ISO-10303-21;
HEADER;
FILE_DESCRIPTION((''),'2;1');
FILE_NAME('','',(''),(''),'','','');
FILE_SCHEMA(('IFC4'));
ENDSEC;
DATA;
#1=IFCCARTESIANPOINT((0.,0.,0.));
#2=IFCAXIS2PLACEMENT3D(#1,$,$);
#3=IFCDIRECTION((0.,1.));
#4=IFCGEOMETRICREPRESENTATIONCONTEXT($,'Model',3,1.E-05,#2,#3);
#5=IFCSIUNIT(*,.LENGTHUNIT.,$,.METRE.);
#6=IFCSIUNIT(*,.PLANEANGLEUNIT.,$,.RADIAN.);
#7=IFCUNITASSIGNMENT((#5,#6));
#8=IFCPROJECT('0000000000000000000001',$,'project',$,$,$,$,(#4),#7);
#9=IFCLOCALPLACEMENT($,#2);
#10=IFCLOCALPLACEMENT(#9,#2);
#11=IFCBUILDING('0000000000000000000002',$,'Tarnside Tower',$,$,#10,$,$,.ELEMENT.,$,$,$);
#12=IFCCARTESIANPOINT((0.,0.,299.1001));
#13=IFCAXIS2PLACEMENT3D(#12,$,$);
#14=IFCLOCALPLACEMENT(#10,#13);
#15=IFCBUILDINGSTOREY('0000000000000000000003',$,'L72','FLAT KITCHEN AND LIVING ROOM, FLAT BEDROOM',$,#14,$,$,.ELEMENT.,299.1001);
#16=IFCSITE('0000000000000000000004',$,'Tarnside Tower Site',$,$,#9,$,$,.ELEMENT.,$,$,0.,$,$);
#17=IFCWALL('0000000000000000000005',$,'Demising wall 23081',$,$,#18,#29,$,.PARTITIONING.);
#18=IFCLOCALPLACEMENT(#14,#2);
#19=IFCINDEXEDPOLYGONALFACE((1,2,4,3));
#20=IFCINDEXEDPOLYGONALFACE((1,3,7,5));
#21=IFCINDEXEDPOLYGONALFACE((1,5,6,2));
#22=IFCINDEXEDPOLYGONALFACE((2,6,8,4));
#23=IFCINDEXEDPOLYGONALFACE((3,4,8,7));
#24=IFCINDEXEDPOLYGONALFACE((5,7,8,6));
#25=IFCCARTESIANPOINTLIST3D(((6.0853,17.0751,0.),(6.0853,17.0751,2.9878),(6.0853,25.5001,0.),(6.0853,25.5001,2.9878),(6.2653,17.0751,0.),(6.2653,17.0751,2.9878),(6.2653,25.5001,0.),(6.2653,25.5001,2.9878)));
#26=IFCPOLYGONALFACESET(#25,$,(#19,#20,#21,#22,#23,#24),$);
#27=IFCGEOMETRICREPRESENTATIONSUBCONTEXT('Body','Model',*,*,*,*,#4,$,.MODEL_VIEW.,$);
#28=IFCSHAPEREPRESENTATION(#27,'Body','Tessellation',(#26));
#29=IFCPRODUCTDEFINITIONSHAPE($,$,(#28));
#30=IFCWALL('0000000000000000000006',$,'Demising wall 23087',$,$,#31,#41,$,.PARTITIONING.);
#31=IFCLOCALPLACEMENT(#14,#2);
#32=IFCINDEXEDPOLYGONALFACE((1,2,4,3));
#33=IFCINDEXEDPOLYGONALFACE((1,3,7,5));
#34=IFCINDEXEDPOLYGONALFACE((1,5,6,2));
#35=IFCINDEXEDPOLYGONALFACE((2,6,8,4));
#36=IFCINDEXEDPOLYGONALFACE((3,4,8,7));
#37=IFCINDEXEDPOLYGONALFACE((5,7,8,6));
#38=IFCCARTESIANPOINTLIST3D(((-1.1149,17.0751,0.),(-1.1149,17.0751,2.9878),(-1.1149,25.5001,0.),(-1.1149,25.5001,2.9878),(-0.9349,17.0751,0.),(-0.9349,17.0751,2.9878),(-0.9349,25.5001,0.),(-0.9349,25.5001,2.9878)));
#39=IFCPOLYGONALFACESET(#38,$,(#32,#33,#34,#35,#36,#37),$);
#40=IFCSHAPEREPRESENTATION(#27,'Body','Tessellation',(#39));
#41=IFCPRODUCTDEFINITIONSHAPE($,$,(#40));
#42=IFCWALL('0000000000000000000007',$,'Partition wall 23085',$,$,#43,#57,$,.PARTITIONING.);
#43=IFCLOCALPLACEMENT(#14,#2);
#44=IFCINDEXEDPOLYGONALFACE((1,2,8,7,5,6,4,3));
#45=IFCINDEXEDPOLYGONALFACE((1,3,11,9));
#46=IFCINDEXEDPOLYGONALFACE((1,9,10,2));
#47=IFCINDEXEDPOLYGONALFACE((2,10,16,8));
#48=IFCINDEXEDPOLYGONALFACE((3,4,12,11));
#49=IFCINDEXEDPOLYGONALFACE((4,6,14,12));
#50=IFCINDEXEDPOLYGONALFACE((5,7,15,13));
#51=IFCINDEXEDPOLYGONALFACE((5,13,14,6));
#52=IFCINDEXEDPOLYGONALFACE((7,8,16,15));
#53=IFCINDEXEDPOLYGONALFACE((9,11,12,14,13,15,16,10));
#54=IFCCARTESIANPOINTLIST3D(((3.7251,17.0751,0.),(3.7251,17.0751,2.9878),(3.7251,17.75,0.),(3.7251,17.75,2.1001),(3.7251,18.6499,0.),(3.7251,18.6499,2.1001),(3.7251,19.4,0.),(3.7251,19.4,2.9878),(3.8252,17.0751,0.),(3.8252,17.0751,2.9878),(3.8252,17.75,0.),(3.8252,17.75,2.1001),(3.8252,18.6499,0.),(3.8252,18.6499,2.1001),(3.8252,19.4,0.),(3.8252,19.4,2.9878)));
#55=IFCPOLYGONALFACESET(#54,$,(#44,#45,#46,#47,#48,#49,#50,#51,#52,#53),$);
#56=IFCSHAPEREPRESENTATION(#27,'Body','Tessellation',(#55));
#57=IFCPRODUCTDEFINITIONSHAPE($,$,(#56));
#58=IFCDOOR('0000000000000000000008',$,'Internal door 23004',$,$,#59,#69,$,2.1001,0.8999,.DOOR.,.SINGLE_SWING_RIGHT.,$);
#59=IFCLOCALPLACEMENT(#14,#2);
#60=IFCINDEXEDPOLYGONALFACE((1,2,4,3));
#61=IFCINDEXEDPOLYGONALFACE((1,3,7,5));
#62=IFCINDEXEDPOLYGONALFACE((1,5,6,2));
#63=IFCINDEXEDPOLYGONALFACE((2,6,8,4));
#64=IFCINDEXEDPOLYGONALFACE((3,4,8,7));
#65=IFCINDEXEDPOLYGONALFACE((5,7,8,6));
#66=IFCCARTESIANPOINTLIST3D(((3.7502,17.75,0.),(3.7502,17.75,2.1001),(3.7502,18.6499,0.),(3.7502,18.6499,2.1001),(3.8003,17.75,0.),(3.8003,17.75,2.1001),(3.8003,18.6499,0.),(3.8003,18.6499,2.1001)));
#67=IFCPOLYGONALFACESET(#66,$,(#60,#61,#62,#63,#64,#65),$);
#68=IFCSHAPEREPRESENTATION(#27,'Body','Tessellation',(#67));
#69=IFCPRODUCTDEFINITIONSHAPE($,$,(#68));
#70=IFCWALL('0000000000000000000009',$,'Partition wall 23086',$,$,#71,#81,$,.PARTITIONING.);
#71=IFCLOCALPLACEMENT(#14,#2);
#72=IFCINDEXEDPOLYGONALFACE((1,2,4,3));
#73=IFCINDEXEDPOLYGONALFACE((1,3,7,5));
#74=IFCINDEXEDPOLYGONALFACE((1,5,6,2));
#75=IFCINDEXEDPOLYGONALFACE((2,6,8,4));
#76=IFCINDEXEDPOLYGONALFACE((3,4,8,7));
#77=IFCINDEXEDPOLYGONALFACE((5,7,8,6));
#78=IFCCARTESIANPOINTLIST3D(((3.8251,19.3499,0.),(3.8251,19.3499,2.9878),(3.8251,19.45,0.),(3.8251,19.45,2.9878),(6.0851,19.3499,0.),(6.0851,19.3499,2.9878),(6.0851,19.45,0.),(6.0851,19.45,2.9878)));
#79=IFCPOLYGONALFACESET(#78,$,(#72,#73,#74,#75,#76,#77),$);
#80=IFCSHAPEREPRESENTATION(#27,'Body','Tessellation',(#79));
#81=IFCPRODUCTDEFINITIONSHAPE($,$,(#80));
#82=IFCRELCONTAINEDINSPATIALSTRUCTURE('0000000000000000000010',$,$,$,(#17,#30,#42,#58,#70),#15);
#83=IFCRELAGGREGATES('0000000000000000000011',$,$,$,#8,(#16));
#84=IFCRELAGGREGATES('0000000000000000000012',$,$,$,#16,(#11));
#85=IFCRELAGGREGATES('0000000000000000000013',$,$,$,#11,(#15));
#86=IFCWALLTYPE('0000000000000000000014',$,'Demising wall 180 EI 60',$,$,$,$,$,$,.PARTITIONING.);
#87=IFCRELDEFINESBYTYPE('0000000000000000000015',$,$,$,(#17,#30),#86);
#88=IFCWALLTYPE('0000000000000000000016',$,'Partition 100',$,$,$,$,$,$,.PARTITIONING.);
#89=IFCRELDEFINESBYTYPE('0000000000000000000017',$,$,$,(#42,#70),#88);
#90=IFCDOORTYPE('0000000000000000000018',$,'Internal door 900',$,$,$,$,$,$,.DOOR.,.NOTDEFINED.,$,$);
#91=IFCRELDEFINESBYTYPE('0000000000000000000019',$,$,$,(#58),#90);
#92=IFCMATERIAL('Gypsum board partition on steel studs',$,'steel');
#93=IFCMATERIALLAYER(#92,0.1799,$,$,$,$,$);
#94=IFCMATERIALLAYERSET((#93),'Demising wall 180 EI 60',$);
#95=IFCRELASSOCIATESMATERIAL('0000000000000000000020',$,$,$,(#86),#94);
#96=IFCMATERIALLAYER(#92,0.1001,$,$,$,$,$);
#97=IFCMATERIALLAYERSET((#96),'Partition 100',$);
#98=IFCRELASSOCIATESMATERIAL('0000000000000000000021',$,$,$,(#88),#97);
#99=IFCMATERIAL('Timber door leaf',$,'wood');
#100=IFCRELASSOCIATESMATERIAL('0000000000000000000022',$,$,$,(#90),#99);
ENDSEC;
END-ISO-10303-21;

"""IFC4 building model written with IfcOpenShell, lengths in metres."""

from ifc_helpers import new_model, si_unit, direction, frame, frame_2d, origin, place, context, subcontext, project, spatial, rectangle, extrude, material, layer, layer_set, type_object, element, fill, save


model = new_model("IFC4")

# Units and contexts
model_context = context("Model", 3, precision=1e-05, world=origin(), true_north=direction((0.0, 1.0)))
body_context = subcontext(model_context, "Body", "Model", "MODEL_VIEW")
ifc_project = project(units=[si_unit("LENGTHUNIT", "METRE"), si_unit("PLANEANGLEUNIT", "RADIAN")], contexts=[model_context])

# Site, building, storey
site_placement = place(None, origin())
site = spatial("IfcSite", under=ifc_project, at=site_placement, Name="Tarnside Tower Site", CompositionType="ELEMENT", RefElevation=0.0)
building_placement = place(site_placement, origin())
building = spatial("IfcBuilding", under=site, at=building_placement, Name="Tarnside Tower", CompositionType="ELEMENT")
storey_placement = place(building_placement, frame((0.0, 0.0, 299.1001)))
storey = spatial("IfcBuildingStorey", under=building, at=storey_placement, Name="L72", Description="FLAT KITCHEN AND LIVING ROOM, FLAT BEDROOM", CompositionType="ELEMENT", Elevation=299.1001)

# Shared definitions
ifc_material_1 = material(Name="Gypsum board partition on steel studs", Category="steel")

# Shared definitions
ifc_material_2 = material(Name="Timber door leaf", Category="wood")

# Walls
ifc_layer_1 = layer(ifc_material_1, 0.1799)
ifc_layer_set_1 = layer_set([ifc_layer_1], Name="Demising wall 180 EI 60")
wall_type_1 = type_object("IfcWallType", Name="Demising wall 180 EI 60", PredefinedType="PARTITIONING", material=ifc_layer_set_1)
for number, where, z_axis, x_axis, name in (
    (1, (6.1753, 25.5, 0.0), (0.0, 0.0, 1.0), (0.0, -1.0, 0.0), "Demising wall 23081"),
    (2, (-1.0249, 25.5, 0.0), (0.0, 0.0, 1.0), (0.0, -1.0, 0.0), "Demising wall 23087"),
):
    element("IfcWall", number, at=place(storey_placement, frame(where, z_axis=z_axis, x_axis=x_axis)), inside=storey, type_object=wall_type_1, Name=name, PredefinedType="PARTITIONING", context=body_context, shape_type="SweptSolid", body=[
        extrude(rectangle(XDim=8.425, YDim=0.1799, at=frame_2d((4.2124, 0.0))), origin(), (0.0, 0.0, 1.0), 2.9878),
    ])

# Wall, opening, door
ifc_layer_2 = layer(ifc_material_1, 0.1001)
ifc_layer_set_2 = layer_set([ifc_layer_2], Name="Partition 100")
wall_type_2 = type_object("IfcWallType", Name="Partition 100", PredefinedType="PARTITIONING", material=ifc_layer_set_2)
wall_1_placement = place(storey_placement, frame((3.7751, 17.075, 0.0), z_axis=(0.0, 0.0, 1.0), x_axis=(0.0, 1.0, 0.0)))
wall_1 = element("IfcWall", 3, at=wall_1_placement, inside=storey, type_object=wall_type_2, Name="Partition wall 23085", PredefinedType="PARTITIONING", context=body_context, shape_type="SweptSolid", body=[
    extrude(rectangle(XDim=2.325, YDim=0.1001, at=frame_2d((1.1626, 0.0))), origin(), (0.0, 0.0, 1.0), 2.9878),
])
opening_1_placement = place(wall_1_placement, frame((0.675, 0.0, 0.0)))
opening_1 = element("IfcOpeningElement", 4, at=opening_1_placement, cuts=wall_1, PredefinedType="OPENING", context=body_context, shape_type="SweptSolid", body=[
    extrude(rectangle(XDim=0.8999, YDim=2.1001, at=frame_2d((0.45, 1.05))), frame((0.0, 0.0601, 0.0), z_axis=(0.0, -1.0, 0.0), x_axis=(1.0, 0.0, 0.0)), (0.0, 0.0, 1.0), 0.1201),
])
door_type_1 = type_object("IfcDoorType", Name="Internal door 900", OperationType="NOTDEFINED", PredefinedType="DOOR", material=ifc_material_2)
door_1_placement = place(opening_1_placement, origin())
door_1 = element("IfcDoor", 5, at=door_1_placement, inside=storey, type_object=door_type_1, Name="Internal door 23004", OperationType="SINGLE_SWING_RIGHT", OverallHeight=2.1001, OverallWidth=0.8999, PredefinedType="DOOR", context=body_context, shape_type="SweptSolid", body=[
    extrude(rectangle(XDim=0.8999, YDim=2.1001, at=frame_2d((0.45, 1.05))), frame((0.0, 0.0249, 0.0), z_axis=(0.0, -1.0, 0.0), x_axis=(1.0, 0.0, 0.0)), (0.0, 0.0, 1.0), 0.05),
])
fill(opening_1, door_1)

# Wall
wall_2_placement = place(storey_placement, frame((3.8252, 19.3999, 0.0), z_axis=(0.0, 0.0, 1.0), x_axis=(1.0, 0.0, 0.0)))
element("IfcWall", 6, at=wall_2_placement, inside=storey, type_object=wall_type_2, Name="Partition wall 23086", PredefinedType="PARTITIONING", context=body_context, shape_type="SweptSolid", body=[
    extrude(rectangle(XDim=2.26, YDim=0.1001, at=frame_2d((1.1299, 0.0))), origin(), (0.0, 0.0, 1.0), 2.9878),
])

save(model, "model.ifc")
